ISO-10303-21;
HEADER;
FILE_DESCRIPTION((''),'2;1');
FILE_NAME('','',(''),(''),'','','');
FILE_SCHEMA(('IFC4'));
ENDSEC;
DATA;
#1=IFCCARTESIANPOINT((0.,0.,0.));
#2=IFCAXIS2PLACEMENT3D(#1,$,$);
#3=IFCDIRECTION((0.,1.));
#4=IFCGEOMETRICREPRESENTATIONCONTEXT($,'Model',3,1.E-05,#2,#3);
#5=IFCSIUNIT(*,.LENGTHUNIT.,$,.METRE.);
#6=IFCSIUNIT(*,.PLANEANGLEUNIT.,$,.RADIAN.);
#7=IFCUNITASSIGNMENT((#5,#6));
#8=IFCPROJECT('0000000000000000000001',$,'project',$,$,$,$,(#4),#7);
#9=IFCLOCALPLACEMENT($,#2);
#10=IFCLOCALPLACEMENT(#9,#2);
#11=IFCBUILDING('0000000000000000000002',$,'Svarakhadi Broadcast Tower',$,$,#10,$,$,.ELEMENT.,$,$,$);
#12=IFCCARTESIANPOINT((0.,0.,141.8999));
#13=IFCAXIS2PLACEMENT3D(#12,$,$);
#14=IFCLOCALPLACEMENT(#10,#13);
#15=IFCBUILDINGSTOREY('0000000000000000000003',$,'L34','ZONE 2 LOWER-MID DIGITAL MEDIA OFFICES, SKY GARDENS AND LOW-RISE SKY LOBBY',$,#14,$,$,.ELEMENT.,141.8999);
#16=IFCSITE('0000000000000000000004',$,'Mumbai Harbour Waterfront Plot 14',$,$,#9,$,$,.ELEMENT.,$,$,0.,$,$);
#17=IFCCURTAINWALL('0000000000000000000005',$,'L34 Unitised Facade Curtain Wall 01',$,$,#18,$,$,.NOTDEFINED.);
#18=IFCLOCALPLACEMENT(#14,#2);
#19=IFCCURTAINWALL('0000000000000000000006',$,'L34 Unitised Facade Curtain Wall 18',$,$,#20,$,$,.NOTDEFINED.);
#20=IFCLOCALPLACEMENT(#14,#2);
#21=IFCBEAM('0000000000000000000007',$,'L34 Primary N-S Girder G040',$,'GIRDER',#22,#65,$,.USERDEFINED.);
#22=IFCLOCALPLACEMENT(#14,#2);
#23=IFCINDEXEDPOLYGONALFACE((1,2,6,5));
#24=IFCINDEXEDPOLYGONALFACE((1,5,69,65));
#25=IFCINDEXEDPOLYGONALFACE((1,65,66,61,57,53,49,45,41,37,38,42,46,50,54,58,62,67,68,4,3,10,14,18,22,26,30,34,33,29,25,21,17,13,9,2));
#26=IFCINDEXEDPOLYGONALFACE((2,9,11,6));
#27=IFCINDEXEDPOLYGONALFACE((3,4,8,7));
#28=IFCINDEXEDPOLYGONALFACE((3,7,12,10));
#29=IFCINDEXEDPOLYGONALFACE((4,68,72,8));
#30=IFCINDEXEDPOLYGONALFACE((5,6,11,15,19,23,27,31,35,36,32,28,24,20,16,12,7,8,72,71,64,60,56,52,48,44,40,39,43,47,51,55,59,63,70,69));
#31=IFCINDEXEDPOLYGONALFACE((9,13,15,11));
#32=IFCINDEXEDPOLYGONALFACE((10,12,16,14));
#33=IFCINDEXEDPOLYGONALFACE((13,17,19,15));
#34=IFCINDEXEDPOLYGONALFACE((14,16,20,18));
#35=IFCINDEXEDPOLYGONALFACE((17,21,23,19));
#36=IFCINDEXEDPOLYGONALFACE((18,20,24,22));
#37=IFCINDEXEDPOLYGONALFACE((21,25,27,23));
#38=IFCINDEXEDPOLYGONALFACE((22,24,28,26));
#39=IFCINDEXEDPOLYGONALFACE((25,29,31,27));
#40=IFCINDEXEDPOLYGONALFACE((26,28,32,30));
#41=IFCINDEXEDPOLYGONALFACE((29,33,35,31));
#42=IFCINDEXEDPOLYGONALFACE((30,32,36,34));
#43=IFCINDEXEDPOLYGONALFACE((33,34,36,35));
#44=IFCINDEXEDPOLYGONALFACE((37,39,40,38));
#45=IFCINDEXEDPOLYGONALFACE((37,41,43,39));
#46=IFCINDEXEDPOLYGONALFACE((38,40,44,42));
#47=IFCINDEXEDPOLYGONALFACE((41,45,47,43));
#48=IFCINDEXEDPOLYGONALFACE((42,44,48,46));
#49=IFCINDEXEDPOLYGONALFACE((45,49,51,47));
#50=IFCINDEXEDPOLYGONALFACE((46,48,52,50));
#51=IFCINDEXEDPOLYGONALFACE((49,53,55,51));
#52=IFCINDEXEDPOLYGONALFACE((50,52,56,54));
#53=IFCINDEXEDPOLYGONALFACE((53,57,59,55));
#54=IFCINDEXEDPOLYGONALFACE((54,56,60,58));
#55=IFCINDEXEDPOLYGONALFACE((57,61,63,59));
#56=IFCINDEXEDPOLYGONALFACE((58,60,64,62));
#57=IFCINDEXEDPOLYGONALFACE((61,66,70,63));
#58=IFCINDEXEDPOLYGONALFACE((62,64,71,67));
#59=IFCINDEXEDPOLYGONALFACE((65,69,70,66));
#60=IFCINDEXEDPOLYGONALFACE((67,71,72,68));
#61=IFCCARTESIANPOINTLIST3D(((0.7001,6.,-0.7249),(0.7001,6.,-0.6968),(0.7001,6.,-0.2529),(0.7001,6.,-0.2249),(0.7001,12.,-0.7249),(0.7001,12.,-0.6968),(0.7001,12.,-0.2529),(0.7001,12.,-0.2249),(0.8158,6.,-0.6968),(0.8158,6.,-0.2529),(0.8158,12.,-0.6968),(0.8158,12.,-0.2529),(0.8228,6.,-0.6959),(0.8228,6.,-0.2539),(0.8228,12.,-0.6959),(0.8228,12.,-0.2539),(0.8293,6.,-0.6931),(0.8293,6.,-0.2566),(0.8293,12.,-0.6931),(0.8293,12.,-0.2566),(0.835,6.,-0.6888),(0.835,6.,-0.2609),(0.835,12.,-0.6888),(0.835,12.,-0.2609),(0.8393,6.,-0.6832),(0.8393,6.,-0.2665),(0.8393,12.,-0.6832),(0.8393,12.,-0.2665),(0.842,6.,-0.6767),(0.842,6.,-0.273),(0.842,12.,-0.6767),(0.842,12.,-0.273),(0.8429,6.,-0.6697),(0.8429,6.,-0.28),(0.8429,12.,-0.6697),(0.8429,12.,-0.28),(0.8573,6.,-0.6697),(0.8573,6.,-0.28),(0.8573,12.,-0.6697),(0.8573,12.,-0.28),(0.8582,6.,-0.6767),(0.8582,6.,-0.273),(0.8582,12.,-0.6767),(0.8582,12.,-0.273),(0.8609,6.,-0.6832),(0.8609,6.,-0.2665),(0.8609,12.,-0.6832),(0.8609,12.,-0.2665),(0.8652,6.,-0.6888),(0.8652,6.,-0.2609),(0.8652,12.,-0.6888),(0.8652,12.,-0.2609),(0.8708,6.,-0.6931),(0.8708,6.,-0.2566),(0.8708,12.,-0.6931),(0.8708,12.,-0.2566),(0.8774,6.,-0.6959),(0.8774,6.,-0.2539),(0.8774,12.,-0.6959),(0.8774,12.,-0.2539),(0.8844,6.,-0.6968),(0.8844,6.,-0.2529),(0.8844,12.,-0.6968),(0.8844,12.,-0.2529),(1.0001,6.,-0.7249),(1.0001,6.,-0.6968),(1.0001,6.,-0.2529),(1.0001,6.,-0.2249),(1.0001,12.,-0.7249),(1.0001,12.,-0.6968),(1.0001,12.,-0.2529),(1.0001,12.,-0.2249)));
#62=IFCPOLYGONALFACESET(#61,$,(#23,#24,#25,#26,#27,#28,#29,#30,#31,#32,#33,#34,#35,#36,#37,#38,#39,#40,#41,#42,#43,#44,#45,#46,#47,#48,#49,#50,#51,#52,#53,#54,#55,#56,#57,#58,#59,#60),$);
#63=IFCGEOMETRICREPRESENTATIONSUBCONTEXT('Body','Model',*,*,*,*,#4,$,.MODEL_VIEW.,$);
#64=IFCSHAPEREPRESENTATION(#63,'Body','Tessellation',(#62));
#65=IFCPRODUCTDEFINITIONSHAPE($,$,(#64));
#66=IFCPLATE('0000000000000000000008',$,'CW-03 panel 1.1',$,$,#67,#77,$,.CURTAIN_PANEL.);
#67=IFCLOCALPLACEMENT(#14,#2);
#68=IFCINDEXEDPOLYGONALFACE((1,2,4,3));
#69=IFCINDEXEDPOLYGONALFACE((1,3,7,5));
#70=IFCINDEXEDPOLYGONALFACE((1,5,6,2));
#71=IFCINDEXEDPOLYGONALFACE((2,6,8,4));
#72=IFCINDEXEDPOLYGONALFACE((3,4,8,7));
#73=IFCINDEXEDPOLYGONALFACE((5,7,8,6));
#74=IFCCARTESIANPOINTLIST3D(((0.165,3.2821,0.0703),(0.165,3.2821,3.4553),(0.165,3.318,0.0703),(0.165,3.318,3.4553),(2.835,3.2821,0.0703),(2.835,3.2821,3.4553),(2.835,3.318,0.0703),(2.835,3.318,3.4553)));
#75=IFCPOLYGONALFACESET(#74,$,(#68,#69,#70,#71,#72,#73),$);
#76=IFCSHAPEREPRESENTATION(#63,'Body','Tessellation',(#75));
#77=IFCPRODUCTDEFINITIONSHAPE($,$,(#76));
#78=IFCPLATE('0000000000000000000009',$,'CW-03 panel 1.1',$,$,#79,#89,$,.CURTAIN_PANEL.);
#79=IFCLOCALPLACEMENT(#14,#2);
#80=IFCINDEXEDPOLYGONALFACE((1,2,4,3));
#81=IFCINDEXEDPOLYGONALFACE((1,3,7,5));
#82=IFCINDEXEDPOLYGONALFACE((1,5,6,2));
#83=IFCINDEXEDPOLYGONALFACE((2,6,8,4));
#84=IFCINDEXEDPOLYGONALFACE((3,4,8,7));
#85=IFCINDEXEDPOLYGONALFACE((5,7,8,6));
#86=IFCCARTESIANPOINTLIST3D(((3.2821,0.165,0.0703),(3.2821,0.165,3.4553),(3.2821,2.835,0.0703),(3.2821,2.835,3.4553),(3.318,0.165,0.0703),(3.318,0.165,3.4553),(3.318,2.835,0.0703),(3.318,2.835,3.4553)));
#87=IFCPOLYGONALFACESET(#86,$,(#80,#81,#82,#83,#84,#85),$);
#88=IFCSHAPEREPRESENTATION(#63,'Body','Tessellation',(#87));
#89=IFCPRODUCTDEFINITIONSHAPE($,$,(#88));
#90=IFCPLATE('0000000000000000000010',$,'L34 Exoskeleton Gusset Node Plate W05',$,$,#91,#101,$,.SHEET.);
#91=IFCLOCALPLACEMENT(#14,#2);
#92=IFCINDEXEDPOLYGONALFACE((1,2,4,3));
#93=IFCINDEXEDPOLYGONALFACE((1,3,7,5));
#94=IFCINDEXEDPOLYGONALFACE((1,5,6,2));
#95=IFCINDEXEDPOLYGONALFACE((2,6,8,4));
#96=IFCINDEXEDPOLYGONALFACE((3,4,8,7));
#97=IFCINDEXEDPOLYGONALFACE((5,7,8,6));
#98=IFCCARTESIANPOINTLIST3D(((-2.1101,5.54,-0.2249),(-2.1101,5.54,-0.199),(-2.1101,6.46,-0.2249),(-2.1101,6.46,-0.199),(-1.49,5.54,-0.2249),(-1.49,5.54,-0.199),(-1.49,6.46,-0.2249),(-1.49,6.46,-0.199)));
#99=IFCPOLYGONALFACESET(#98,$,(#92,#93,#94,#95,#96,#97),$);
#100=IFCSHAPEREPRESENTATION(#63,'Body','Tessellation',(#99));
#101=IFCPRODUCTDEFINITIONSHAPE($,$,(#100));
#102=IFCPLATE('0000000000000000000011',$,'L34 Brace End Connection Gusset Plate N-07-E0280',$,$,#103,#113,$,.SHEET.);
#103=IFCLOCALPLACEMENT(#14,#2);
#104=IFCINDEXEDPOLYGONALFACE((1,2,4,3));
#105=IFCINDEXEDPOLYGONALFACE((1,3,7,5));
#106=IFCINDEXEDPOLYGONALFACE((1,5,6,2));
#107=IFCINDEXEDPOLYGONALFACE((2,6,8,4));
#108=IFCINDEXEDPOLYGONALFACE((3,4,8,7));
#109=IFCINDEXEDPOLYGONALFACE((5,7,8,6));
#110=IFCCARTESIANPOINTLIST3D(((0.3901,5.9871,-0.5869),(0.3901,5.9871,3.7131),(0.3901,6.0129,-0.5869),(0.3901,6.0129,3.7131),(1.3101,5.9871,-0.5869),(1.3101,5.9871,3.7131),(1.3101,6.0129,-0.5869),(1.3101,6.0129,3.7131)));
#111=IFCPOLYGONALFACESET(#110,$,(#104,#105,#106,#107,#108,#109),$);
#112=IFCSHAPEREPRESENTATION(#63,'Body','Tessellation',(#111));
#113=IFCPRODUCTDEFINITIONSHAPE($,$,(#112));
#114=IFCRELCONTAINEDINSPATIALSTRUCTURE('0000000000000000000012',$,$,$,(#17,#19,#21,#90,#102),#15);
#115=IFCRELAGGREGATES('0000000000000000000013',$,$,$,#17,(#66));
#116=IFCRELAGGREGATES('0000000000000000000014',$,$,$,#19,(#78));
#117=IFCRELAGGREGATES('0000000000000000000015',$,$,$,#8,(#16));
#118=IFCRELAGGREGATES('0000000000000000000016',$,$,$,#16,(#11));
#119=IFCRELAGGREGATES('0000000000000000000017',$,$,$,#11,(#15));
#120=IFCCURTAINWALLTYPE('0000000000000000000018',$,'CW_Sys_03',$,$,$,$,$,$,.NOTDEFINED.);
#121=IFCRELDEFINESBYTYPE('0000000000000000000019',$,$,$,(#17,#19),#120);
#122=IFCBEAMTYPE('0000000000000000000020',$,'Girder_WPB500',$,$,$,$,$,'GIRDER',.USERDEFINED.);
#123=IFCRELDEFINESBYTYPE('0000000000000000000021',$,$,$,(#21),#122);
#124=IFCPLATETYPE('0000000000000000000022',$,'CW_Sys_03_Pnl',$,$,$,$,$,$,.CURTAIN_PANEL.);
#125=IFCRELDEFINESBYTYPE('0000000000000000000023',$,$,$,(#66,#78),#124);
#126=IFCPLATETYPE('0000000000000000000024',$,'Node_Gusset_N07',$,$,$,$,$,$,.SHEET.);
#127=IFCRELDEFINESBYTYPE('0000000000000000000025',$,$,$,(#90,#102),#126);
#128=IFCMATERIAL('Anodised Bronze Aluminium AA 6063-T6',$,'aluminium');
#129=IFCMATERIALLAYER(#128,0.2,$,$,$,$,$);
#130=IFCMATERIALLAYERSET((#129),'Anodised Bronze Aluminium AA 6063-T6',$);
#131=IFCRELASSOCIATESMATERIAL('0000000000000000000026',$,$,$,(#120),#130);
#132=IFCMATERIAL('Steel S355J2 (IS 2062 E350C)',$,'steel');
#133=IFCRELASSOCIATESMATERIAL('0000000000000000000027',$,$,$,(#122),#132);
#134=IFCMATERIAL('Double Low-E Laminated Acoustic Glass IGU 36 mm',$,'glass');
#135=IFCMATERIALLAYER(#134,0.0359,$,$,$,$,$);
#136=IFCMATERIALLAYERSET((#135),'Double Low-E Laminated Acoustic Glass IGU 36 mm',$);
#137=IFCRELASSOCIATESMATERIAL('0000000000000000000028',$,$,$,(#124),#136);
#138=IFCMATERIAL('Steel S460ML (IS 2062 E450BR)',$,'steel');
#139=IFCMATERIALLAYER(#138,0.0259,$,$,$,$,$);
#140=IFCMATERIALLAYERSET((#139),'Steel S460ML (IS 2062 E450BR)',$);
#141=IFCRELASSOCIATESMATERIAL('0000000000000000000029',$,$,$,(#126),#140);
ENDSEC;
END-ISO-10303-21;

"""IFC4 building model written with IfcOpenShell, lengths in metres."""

from ifc_helpers import new_model, si_unit, direction, frame, origin, origin_2d, place, context, subcontext, project, spatial, rectangle, i_section, extrude, material, layer, layer_set, material_profile, profile_set, type_object, element, aggregate, save


model = new_model("IFC4")

# Units and contexts
model_context = context("Model", 3, precision=1e-05, world=origin(), true_north=direction((0.0, 1.0)))
body_context = subcontext(model_context, "Body", "Model", "MODEL_VIEW")
ifc_project = project(units=[si_unit("LENGTHUNIT", "METRE"), si_unit("PLANEANGLEUNIT", "RADIAN")], contexts=[model_context])

# Site, building, storey
site_placement = place(None, origin())
site = spatial("IfcSite", under=ifc_project, at=site_placement, Name="Mumbai Harbour Waterfront Plot 14", CompositionType="ELEMENT", RefElevation=0.0)
building_placement = place(site_placement, origin())
building = spatial("IfcBuilding", under=site, at=building_placement, Name="Svarakhadi Broadcast Tower", CompositionType="ELEMENT")
storey_placement = place(building_placement, frame((0.0, 0.0, 141.8999)))
storey = spatial("IfcBuildingStorey", under=building, at=storey_placement, Name="L34", Description="ZONE 2 LOWER-MID DIGITAL MEDIA OFFICES, SKY GARDENS AND LOW-RISE SKY LOBBY", CompositionType="ELEMENT", Elevation=141.8999)

# Shared definitions
ifc_material_1 = material(Name="Steel S460ML (IS 2062 E450BR)", Category="steel")

# Curtain wall
ifc_material_2 = material(Name="Anodised Bronze Aluminium AA 6063-T6", Category="aluminium")
ifc_layer_1 = layer(ifc_material_2, 0.2)
ifc_layer_set_1 = layer_set([ifc_layer_1], Name="Anodised Bronze Aluminium AA 6063-T6")
curtain_wall_type = type_object("IfcCurtainWallType", Name="CW_Sys_03", PredefinedType="NOTDEFINED", material=ifc_layer_set_1)
curtain_wall_1_placement = place(storey_placement, origin())
curtain_wall_1 = element("IfcCurtainWall", 1, at=curtain_wall_1_placement, inside=storey, type_object=curtain_wall_type, Name="L34 Unitised Facade Curtain Wall 01", PredefinedType="NOTDEFINED")

# Curtain wall
curtain_wall_2_placement = place(storey_placement, origin())
curtain_wall_2 = element("IfcCurtainWall", 2, at=curtain_wall_2_placement, inside=storey, type_object=curtain_wall_type, Name="L34 Unitised Facade Curtain Wall 18", PredefinedType="NOTDEFINED")

# Beam
ifc_material_3 = material(Name="Steel S355J2 (IS 2062 E350C)", Category="steel")
ifc_material_profile_1 = material_profile(ifc_material_3, i_section(OverallWidth=0.3, OverallDepth=0.5, WebThickness=0.0144, FlangeThickness=0.0281, FilletRadius=0.0271, at=origin_2d()), Name="WPB 500x300x187")
ifc_profile_set_1 = profile_set([ifc_material_profile_1], Name="Steel S355J2 (IS 2062 E350C)")
beam_type = type_object("IfcBeamType", Name="Girder_WPB500", ElementType="GIRDER", PredefinedType="USERDEFINED", material=ifc_profile_set_1)
beam_1_placement = place(storey_placement, frame((0.8501, 6.0, -0.4749), z_axis=(0.0, 1.0, 0.0), x_axis=(-1.0, 0.0, 0.0)))
element("IfcBeam", 3, at=beam_1_placement, inside=storey, type_object=beam_type, Name="L34 Primary N-S Girder G040", ObjectType="GIRDER", PredefinedType="USERDEFINED", context=body_context, shape_type="SweptSolid", body=[
    extrude(i_section(OverallWidth=0.3, OverallDepth=0.5, WebThickness=0.0144, FlangeThickness=0.0281, FilletRadius=0.0271, at=origin_2d()), origin(), (0.0, 0.0, 1.0), 6.0),
])

# Plates
ifc_material_4 = material(Name="Double Low-E Laminated Acoustic Glass IGU 36 mm", Category="glass")
ifc_layer_2 = layer(ifc_material_4, 0.0359)
ifc_layer_set_2 = layer_set([ifc_layer_2], Name="Double Low-E Laminated Acoustic Glass IGU 36 mm")
plate_type_1 = type_object("IfcPlateType", Name="CW_Sys_03_Pnl", PredefinedType="CURTAIN_PANEL", material=ifc_layer_set_2)
plate_1_placement = place(storey_placement, frame((1.5, 3.3, 0.0703), z_axis=(0.0, 0.0, 1.0), x_axis=(-1.0, 0.0, 0.0)))
plate_1 = element("IfcPlate", 4, at=plate_1_placement, type_object=plate_type_1, Name="CW-03 panel 1.1", PredefinedType="CURTAIN_PANEL", context=body_context, shape_type="SweptSolid", body=[
    extrude(rectangle(XDim=2.6699, YDim=0.0359, at=origin_2d()), origin(), (0.0, 0.0, 1.0), 3.385),
])
aggregate(curtain_wall_1, [plate_1])
plate_2_placement = place(storey_placement, frame((3.3, 1.5, 0.0703), z_axis=(0.0, 0.0, 1.0), x_axis=(0.0, 1.0, 0.0)))
plate_2 = element("IfcPlate", 5, at=plate_2_placement, type_object=plate_type_1, Name="CW-03 panel 1.1", PredefinedType="CURTAIN_PANEL", context=body_context, shape_type="SweptSolid", body=[
    extrude(rectangle(XDim=2.6699, YDim=0.0359, at=origin_2d()), origin(), (0.0, 0.0, 1.0), 3.385),
])
aggregate(curtain_wall_2, [plate_2])

# Plates
ifc_layer_3 = layer(ifc_material_1, 0.0259)
ifc_layer_set_3 = layer_set([ifc_layer_3], Name="Steel S460ML (IS 2062 E450BR)")
plate_type_2 = type_object("IfcPlateType", Name="Node_Gusset_N07", PredefinedType="SHEET", material=ifc_layer_set_3)
plate_3_placement = place(storey_placement, frame((-1.8, 6.0, -0.2249), z_axis=(0.0, 0.0, 1.0), x_axis=(0.0, 1.0, 0.0)))
element("IfcPlate", 6, at=plate_3_placement, inside=storey, type_object=plate_type_2, Name="L34 Exoskeleton Gusset Node Plate W05", PredefinedType="SHEET", context=body_context, shape_type="SweptSolid", body=[
    extrude(rectangle(XDim=0.9199, YDim=0.6201, at=origin_2d()), origin(), (0.0, 0.0, 1.0), 0.0259),
])
plate_4_placement = place(storey_placement, frame((0.8501, 6.0, -0.5869), z_axis=(0.0, 0.0, 1.0), x_axis=(1.0, 0.0, 0.0)))
element("IfcPlate", 7, at=plate_4_placement, inside=storey, type_object=plate_type_2, Name="L34 Brace End Connection Gusset Plate N-07-E0280", PredefinedType="SHEET", context=body_context, shape_type="SweptSolid", body=[
    extrude(rectangle(XDim=0.9199, YDim=0.0259, at=origin_2d()), origin(), (0.0, 0.0, 1.0), 4.3),
])

save(model, "model.ifc")
